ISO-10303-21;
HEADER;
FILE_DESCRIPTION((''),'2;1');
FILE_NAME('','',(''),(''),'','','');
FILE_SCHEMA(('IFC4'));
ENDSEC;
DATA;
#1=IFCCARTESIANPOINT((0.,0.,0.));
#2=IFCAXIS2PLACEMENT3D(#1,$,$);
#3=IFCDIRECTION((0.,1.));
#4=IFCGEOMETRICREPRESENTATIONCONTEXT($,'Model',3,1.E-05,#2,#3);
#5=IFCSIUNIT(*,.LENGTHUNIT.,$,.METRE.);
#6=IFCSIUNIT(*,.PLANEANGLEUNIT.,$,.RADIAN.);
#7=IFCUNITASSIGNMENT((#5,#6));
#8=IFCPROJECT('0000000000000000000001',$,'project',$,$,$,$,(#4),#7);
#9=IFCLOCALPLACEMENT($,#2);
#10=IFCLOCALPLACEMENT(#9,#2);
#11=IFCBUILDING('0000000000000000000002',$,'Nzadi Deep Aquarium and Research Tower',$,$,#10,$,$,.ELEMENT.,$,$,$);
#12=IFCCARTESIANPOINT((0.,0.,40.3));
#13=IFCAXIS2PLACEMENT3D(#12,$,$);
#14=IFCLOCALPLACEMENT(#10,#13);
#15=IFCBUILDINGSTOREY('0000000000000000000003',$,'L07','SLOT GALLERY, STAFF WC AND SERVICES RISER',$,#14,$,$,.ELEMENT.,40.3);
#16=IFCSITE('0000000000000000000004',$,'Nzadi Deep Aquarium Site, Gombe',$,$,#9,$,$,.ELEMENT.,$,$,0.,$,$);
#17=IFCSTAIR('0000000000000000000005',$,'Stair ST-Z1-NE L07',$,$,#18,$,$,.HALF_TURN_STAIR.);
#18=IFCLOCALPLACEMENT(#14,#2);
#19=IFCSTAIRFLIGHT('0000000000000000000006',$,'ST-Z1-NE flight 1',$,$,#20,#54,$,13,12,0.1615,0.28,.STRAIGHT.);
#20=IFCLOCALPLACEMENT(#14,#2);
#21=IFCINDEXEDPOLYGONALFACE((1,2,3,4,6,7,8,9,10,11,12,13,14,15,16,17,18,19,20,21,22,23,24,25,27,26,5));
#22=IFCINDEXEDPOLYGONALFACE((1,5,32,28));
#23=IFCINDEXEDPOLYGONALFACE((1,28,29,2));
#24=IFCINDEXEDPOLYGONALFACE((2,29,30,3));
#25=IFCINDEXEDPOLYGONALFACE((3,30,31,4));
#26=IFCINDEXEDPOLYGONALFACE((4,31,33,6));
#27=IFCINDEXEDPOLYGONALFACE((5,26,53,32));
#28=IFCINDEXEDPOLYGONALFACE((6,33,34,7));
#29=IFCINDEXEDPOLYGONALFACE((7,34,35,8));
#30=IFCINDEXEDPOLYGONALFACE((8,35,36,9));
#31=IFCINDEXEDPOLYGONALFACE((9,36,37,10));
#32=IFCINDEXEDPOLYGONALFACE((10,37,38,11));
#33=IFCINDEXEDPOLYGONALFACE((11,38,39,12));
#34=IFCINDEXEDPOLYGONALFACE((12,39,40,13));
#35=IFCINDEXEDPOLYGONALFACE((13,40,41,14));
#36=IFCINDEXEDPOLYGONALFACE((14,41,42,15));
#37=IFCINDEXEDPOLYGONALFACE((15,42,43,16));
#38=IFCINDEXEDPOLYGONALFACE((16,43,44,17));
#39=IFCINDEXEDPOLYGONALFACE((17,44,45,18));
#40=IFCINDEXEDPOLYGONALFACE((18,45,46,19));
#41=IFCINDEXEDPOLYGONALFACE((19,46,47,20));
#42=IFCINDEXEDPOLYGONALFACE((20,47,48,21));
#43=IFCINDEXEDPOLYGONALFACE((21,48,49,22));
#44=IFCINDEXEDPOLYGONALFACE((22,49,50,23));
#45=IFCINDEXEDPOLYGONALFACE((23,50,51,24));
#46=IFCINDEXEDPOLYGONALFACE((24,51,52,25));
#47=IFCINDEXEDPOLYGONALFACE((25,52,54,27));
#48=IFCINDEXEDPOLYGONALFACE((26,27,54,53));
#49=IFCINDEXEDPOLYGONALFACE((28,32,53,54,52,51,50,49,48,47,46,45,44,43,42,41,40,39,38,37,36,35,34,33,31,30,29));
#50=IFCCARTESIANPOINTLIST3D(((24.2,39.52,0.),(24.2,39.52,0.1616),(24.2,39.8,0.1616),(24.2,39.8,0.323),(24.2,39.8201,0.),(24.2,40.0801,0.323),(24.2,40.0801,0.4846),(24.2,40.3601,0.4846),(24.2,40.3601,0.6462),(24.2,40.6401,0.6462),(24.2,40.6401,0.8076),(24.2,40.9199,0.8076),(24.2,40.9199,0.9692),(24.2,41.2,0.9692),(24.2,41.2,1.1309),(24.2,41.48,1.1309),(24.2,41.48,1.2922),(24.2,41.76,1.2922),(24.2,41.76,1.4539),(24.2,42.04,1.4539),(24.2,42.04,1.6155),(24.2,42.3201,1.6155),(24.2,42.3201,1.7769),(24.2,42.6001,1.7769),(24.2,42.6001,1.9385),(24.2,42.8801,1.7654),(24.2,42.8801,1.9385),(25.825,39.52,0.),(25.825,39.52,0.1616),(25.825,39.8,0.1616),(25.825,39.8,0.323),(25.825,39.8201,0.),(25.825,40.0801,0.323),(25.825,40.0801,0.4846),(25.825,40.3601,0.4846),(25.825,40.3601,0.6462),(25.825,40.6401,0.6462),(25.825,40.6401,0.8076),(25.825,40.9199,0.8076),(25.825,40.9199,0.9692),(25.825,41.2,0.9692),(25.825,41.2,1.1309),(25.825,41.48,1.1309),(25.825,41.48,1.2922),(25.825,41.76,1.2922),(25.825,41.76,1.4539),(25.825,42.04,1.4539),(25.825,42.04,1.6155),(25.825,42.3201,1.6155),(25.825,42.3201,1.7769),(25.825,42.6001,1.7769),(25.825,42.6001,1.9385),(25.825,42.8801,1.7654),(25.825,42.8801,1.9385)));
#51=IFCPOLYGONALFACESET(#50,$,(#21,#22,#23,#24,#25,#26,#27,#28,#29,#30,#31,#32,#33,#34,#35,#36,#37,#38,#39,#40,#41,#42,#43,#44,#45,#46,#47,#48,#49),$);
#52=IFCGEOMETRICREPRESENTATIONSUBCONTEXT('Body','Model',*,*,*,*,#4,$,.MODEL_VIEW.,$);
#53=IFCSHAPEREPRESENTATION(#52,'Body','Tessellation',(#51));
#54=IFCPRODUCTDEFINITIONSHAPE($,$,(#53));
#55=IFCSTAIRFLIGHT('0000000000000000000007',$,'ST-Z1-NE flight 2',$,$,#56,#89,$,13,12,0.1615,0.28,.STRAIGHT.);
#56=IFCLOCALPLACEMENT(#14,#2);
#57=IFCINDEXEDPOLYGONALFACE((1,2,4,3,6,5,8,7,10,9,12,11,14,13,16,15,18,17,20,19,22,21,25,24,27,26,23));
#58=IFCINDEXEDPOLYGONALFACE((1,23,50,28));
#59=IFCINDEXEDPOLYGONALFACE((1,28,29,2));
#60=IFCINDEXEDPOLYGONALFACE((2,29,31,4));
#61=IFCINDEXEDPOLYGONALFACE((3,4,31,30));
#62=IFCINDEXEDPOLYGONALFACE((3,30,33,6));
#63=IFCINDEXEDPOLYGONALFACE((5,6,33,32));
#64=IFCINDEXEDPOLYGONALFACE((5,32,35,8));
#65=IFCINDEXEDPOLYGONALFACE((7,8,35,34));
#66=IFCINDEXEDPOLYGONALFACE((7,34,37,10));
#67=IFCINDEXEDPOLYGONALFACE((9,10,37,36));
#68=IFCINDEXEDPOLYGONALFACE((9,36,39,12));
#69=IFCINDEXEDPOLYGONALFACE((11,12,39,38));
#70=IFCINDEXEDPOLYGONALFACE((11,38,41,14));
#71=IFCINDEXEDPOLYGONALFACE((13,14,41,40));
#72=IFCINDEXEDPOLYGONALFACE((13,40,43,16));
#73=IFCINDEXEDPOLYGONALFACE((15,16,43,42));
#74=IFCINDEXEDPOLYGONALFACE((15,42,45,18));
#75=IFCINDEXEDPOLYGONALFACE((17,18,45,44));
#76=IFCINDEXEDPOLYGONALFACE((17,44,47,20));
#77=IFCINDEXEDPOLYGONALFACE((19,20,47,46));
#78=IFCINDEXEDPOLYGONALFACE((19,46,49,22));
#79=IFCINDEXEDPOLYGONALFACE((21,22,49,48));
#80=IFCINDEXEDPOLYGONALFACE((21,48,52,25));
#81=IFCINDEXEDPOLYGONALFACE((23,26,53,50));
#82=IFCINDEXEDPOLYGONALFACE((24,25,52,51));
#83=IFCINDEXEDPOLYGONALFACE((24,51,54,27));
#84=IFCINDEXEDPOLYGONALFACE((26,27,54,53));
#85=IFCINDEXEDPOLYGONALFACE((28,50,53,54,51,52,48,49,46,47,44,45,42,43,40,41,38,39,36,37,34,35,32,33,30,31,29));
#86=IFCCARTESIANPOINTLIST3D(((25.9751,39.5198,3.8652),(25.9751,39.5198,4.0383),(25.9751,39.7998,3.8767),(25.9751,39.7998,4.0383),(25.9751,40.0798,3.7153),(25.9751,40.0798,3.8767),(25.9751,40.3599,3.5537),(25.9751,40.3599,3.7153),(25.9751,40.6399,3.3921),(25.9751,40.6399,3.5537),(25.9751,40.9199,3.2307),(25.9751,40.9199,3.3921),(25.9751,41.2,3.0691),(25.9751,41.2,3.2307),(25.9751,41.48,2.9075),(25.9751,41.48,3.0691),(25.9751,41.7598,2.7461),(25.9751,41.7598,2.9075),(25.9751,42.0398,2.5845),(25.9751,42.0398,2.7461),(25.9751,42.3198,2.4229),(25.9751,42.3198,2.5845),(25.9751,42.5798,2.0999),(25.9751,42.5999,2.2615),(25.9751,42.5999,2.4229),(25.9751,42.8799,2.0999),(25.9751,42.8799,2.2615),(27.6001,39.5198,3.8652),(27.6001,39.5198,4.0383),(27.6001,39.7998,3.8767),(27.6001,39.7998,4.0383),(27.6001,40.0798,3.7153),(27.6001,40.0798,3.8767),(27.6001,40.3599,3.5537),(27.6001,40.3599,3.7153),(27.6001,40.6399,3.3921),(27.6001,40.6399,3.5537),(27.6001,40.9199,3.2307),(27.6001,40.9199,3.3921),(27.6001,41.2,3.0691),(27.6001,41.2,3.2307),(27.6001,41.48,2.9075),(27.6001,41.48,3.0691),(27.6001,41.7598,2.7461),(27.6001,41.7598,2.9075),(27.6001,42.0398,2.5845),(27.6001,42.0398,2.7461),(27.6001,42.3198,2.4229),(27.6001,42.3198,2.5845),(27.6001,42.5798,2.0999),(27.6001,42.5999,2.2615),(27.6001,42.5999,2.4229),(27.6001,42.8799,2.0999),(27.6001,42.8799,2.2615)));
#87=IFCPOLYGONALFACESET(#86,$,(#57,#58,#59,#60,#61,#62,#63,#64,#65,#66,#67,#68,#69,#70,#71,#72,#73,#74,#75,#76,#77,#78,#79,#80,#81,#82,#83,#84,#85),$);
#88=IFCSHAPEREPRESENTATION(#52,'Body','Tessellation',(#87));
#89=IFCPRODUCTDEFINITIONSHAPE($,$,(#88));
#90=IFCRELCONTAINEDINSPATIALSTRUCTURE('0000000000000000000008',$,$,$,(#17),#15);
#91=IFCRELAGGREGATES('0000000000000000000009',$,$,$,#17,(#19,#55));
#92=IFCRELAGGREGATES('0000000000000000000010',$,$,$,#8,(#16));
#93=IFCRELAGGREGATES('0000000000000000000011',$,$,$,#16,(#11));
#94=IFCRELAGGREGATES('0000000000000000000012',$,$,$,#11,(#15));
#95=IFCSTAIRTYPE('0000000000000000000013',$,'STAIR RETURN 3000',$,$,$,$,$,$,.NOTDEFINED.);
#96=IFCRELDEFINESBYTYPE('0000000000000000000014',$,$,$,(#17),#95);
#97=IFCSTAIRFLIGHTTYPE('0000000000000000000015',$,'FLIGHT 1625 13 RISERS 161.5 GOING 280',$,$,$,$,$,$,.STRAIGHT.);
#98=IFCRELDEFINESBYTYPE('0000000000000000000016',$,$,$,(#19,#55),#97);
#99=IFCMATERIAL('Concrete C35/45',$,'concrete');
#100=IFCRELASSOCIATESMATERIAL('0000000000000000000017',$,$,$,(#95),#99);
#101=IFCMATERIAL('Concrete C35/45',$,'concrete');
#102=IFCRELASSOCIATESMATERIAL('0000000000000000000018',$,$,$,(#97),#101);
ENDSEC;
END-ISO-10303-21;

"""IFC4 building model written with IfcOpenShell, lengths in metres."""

from ifc_helpers import new_model, si_unit, direction, frame, origin, place, context, subcontext, project, spatial, polyline, outline, extrude, material, type_object, element, aggregate, save


model = new_model("IFC4")

# Units and contexts
model_context = context("Model", 3, precision=1e-05, world=origin(), true_north=direction((0.0, 1.0)))
body_context = subcontext(model_context, "Body", "Model", "MODEL_VIEW")
ifc_project = project(units=[si_unit("LENGTHUNIT", "METRE"), si_unit("PLANEANGLEUNIT", "RADIAN")], contexts=[model_context])

# Site, building, storey
site_placement = place(None, origin())
site = spatial("IfcSite", under=ifc_project, at=site_placement, Name="Nzadi Deep Aquarium Site, Gombe", CompositionType="ELEMENT", RefElevation=0.0)
building_placement = place(site_placement, origin())
building = spatial("IfcBuilding", under=site, at=building_placement, Name="Nzadi Deep Aquarium and Research Tower", CompositionType="ELEMENT")
storey_placement = place(building_placement, frame((0.0, 0.0, 40.3)))
storey = spatial("IfcBuildingStorey", under=building, at=storey_placement, Name="L07", Description="SLOT GALLERY, STAFF WC AND SERVICES RISER", CompositionType="ELEMENT", Elevation=40.3)

# Stair, stair flights
ifc_material_1 = material(Name="Concrete C35/45", Category="concrete")
stair_type = type_object("IfcStairType", Name="STAIR RETURN 3000", PredefinedType="NOTDEFINED", material=ifc_material_1)
stair_placement = place(storey_placement, origin())
stair = element("IfcStair", 1, at=stair_placement, inside=storey, type_object=stair_type, Name="Stair ST-Z1-NE L07", PredefinedType="HALF_TURN_STAIR")
ifc_material_2 = material(Name="Concrete C35/45", Category="concrete")
stair_flight_type = type_object("IfcStairFlightType", Name="FLIGHT 1625 13 RISERS 161.5 GOING 280", PredefinedType="STRAIGHT", material=ifc_material_2)
stair_flight_1_placement = place(storey_placement, frame((25.0125, 39.52, 0.0), z_axis=(0.0, 0.0, 1.0), x_axis=(0.0, 1.0, 0.0)))
stair_flight_1 = element("IfcStairFlight", 2, at=stair_flight_1_placement, type_object=stair_flight_type, Name="ST-Z1-NE flight 1", NumberOfRisers=13, NumberOfTreads=12, PredefinedType="STRAIGHT", RiserHeight=0.1615, TreadLength=0.28, context=body_context, shape_type="SweptSolid", body=[
    extrude(outline(polyline([(0.0, 0.0), (0.0, 0.1616), (0.28, 0.1616), (0.28, 0.323), (0.5601, 0.323), (0.5601, 0.4846), (0.8401, 0.4846), (0.8401, 0.6462), (1.1201, 0.6462), (1.1201, 0.8076), (1.3999, 0.8076), (1.3999, 0.9692), (1.6799, 0.9692), (1.6799, 1.1309), (1.96, 1.1309), (1.96, 1.2922), (2.24, 1.2922), (2.24, 1.4539), (2.52, 1.4539), (2.52, 1.6155), (2.8, 1.6155), (2.8, 1.7769), (3.0801, 1.7769), (3.0801, 1.9385), (3.3601, 1.9385), (3.3601, 2.1001), (3.3601, 1.7654), (0.3, 0.0), (0.0, 0.0)])), frame((0.0, 0.8125, 0.0), z_axis=(0.0, -1.0, 0.0), x_axis=(1.0, 0.0, 0.0)), (0.0, 0.0, 1.0), 1.625),
])
stair_flight_2_placement = place(storey_placement, frame((26.7876, 42.8799, 2.0999), z_axis=(0.0, 0.0, 1.0), x_axis=(0.0, -1.0, 0.0)))
stair_flight_2 = element("IfcStairFlight", 3, at=stair_flight_2_placement, type_object=stair_flight_type, Name="ST-Z1-NE flight 2", NumberOfRisers=13, NumberOfTreads=12, PredefinedType="STRAIGHT", RiserHeight=0.1615, TreadLength=0.28, context=body_context, shape_type="SweptSolid", body=[
    extrude(outline(polyline([(0.0, 0.0), (0.0, 0.1616), (0.28, 0.1616), (0.28, 0.323), (0.5601, 0.323), (0.5601, 0.4846), (0.8401, 0.4846), (0.8401, 0.6462), (1.1201, 0.6462), (1.1201, 0.8076), (1.3999, 0.8076), (1.3999, 0.9692), (1.6799, 0.9692), (1.6799, 1.1309), (1.96, 1.1309), (1.96, 1.2922), (2.24, 1.2922), (2.24, 1.4539), (2.52, 1.4539), (2.52, 1.6155), (2.8, 1.6155), (2.8, 1.7769), (3.0801, 1.7769), (3.0801, 1.9385), (3.3601, 1.9385), (3.3601, 2.1001), (3.3601, 1.7654), (0.3, 0.0), (0.0, 0.0)])), frame((0.0, 0.8125, 0.0), z_axis=(0.0, -1.0, 0.0), x_axis=(1.0, 0.0, 0.0)), (0.0, 0.0, 1.0), 1.625),
])
aggregate(stair, [stair_flight_1, stair_flight_2])

save(model, "model.ifc")
